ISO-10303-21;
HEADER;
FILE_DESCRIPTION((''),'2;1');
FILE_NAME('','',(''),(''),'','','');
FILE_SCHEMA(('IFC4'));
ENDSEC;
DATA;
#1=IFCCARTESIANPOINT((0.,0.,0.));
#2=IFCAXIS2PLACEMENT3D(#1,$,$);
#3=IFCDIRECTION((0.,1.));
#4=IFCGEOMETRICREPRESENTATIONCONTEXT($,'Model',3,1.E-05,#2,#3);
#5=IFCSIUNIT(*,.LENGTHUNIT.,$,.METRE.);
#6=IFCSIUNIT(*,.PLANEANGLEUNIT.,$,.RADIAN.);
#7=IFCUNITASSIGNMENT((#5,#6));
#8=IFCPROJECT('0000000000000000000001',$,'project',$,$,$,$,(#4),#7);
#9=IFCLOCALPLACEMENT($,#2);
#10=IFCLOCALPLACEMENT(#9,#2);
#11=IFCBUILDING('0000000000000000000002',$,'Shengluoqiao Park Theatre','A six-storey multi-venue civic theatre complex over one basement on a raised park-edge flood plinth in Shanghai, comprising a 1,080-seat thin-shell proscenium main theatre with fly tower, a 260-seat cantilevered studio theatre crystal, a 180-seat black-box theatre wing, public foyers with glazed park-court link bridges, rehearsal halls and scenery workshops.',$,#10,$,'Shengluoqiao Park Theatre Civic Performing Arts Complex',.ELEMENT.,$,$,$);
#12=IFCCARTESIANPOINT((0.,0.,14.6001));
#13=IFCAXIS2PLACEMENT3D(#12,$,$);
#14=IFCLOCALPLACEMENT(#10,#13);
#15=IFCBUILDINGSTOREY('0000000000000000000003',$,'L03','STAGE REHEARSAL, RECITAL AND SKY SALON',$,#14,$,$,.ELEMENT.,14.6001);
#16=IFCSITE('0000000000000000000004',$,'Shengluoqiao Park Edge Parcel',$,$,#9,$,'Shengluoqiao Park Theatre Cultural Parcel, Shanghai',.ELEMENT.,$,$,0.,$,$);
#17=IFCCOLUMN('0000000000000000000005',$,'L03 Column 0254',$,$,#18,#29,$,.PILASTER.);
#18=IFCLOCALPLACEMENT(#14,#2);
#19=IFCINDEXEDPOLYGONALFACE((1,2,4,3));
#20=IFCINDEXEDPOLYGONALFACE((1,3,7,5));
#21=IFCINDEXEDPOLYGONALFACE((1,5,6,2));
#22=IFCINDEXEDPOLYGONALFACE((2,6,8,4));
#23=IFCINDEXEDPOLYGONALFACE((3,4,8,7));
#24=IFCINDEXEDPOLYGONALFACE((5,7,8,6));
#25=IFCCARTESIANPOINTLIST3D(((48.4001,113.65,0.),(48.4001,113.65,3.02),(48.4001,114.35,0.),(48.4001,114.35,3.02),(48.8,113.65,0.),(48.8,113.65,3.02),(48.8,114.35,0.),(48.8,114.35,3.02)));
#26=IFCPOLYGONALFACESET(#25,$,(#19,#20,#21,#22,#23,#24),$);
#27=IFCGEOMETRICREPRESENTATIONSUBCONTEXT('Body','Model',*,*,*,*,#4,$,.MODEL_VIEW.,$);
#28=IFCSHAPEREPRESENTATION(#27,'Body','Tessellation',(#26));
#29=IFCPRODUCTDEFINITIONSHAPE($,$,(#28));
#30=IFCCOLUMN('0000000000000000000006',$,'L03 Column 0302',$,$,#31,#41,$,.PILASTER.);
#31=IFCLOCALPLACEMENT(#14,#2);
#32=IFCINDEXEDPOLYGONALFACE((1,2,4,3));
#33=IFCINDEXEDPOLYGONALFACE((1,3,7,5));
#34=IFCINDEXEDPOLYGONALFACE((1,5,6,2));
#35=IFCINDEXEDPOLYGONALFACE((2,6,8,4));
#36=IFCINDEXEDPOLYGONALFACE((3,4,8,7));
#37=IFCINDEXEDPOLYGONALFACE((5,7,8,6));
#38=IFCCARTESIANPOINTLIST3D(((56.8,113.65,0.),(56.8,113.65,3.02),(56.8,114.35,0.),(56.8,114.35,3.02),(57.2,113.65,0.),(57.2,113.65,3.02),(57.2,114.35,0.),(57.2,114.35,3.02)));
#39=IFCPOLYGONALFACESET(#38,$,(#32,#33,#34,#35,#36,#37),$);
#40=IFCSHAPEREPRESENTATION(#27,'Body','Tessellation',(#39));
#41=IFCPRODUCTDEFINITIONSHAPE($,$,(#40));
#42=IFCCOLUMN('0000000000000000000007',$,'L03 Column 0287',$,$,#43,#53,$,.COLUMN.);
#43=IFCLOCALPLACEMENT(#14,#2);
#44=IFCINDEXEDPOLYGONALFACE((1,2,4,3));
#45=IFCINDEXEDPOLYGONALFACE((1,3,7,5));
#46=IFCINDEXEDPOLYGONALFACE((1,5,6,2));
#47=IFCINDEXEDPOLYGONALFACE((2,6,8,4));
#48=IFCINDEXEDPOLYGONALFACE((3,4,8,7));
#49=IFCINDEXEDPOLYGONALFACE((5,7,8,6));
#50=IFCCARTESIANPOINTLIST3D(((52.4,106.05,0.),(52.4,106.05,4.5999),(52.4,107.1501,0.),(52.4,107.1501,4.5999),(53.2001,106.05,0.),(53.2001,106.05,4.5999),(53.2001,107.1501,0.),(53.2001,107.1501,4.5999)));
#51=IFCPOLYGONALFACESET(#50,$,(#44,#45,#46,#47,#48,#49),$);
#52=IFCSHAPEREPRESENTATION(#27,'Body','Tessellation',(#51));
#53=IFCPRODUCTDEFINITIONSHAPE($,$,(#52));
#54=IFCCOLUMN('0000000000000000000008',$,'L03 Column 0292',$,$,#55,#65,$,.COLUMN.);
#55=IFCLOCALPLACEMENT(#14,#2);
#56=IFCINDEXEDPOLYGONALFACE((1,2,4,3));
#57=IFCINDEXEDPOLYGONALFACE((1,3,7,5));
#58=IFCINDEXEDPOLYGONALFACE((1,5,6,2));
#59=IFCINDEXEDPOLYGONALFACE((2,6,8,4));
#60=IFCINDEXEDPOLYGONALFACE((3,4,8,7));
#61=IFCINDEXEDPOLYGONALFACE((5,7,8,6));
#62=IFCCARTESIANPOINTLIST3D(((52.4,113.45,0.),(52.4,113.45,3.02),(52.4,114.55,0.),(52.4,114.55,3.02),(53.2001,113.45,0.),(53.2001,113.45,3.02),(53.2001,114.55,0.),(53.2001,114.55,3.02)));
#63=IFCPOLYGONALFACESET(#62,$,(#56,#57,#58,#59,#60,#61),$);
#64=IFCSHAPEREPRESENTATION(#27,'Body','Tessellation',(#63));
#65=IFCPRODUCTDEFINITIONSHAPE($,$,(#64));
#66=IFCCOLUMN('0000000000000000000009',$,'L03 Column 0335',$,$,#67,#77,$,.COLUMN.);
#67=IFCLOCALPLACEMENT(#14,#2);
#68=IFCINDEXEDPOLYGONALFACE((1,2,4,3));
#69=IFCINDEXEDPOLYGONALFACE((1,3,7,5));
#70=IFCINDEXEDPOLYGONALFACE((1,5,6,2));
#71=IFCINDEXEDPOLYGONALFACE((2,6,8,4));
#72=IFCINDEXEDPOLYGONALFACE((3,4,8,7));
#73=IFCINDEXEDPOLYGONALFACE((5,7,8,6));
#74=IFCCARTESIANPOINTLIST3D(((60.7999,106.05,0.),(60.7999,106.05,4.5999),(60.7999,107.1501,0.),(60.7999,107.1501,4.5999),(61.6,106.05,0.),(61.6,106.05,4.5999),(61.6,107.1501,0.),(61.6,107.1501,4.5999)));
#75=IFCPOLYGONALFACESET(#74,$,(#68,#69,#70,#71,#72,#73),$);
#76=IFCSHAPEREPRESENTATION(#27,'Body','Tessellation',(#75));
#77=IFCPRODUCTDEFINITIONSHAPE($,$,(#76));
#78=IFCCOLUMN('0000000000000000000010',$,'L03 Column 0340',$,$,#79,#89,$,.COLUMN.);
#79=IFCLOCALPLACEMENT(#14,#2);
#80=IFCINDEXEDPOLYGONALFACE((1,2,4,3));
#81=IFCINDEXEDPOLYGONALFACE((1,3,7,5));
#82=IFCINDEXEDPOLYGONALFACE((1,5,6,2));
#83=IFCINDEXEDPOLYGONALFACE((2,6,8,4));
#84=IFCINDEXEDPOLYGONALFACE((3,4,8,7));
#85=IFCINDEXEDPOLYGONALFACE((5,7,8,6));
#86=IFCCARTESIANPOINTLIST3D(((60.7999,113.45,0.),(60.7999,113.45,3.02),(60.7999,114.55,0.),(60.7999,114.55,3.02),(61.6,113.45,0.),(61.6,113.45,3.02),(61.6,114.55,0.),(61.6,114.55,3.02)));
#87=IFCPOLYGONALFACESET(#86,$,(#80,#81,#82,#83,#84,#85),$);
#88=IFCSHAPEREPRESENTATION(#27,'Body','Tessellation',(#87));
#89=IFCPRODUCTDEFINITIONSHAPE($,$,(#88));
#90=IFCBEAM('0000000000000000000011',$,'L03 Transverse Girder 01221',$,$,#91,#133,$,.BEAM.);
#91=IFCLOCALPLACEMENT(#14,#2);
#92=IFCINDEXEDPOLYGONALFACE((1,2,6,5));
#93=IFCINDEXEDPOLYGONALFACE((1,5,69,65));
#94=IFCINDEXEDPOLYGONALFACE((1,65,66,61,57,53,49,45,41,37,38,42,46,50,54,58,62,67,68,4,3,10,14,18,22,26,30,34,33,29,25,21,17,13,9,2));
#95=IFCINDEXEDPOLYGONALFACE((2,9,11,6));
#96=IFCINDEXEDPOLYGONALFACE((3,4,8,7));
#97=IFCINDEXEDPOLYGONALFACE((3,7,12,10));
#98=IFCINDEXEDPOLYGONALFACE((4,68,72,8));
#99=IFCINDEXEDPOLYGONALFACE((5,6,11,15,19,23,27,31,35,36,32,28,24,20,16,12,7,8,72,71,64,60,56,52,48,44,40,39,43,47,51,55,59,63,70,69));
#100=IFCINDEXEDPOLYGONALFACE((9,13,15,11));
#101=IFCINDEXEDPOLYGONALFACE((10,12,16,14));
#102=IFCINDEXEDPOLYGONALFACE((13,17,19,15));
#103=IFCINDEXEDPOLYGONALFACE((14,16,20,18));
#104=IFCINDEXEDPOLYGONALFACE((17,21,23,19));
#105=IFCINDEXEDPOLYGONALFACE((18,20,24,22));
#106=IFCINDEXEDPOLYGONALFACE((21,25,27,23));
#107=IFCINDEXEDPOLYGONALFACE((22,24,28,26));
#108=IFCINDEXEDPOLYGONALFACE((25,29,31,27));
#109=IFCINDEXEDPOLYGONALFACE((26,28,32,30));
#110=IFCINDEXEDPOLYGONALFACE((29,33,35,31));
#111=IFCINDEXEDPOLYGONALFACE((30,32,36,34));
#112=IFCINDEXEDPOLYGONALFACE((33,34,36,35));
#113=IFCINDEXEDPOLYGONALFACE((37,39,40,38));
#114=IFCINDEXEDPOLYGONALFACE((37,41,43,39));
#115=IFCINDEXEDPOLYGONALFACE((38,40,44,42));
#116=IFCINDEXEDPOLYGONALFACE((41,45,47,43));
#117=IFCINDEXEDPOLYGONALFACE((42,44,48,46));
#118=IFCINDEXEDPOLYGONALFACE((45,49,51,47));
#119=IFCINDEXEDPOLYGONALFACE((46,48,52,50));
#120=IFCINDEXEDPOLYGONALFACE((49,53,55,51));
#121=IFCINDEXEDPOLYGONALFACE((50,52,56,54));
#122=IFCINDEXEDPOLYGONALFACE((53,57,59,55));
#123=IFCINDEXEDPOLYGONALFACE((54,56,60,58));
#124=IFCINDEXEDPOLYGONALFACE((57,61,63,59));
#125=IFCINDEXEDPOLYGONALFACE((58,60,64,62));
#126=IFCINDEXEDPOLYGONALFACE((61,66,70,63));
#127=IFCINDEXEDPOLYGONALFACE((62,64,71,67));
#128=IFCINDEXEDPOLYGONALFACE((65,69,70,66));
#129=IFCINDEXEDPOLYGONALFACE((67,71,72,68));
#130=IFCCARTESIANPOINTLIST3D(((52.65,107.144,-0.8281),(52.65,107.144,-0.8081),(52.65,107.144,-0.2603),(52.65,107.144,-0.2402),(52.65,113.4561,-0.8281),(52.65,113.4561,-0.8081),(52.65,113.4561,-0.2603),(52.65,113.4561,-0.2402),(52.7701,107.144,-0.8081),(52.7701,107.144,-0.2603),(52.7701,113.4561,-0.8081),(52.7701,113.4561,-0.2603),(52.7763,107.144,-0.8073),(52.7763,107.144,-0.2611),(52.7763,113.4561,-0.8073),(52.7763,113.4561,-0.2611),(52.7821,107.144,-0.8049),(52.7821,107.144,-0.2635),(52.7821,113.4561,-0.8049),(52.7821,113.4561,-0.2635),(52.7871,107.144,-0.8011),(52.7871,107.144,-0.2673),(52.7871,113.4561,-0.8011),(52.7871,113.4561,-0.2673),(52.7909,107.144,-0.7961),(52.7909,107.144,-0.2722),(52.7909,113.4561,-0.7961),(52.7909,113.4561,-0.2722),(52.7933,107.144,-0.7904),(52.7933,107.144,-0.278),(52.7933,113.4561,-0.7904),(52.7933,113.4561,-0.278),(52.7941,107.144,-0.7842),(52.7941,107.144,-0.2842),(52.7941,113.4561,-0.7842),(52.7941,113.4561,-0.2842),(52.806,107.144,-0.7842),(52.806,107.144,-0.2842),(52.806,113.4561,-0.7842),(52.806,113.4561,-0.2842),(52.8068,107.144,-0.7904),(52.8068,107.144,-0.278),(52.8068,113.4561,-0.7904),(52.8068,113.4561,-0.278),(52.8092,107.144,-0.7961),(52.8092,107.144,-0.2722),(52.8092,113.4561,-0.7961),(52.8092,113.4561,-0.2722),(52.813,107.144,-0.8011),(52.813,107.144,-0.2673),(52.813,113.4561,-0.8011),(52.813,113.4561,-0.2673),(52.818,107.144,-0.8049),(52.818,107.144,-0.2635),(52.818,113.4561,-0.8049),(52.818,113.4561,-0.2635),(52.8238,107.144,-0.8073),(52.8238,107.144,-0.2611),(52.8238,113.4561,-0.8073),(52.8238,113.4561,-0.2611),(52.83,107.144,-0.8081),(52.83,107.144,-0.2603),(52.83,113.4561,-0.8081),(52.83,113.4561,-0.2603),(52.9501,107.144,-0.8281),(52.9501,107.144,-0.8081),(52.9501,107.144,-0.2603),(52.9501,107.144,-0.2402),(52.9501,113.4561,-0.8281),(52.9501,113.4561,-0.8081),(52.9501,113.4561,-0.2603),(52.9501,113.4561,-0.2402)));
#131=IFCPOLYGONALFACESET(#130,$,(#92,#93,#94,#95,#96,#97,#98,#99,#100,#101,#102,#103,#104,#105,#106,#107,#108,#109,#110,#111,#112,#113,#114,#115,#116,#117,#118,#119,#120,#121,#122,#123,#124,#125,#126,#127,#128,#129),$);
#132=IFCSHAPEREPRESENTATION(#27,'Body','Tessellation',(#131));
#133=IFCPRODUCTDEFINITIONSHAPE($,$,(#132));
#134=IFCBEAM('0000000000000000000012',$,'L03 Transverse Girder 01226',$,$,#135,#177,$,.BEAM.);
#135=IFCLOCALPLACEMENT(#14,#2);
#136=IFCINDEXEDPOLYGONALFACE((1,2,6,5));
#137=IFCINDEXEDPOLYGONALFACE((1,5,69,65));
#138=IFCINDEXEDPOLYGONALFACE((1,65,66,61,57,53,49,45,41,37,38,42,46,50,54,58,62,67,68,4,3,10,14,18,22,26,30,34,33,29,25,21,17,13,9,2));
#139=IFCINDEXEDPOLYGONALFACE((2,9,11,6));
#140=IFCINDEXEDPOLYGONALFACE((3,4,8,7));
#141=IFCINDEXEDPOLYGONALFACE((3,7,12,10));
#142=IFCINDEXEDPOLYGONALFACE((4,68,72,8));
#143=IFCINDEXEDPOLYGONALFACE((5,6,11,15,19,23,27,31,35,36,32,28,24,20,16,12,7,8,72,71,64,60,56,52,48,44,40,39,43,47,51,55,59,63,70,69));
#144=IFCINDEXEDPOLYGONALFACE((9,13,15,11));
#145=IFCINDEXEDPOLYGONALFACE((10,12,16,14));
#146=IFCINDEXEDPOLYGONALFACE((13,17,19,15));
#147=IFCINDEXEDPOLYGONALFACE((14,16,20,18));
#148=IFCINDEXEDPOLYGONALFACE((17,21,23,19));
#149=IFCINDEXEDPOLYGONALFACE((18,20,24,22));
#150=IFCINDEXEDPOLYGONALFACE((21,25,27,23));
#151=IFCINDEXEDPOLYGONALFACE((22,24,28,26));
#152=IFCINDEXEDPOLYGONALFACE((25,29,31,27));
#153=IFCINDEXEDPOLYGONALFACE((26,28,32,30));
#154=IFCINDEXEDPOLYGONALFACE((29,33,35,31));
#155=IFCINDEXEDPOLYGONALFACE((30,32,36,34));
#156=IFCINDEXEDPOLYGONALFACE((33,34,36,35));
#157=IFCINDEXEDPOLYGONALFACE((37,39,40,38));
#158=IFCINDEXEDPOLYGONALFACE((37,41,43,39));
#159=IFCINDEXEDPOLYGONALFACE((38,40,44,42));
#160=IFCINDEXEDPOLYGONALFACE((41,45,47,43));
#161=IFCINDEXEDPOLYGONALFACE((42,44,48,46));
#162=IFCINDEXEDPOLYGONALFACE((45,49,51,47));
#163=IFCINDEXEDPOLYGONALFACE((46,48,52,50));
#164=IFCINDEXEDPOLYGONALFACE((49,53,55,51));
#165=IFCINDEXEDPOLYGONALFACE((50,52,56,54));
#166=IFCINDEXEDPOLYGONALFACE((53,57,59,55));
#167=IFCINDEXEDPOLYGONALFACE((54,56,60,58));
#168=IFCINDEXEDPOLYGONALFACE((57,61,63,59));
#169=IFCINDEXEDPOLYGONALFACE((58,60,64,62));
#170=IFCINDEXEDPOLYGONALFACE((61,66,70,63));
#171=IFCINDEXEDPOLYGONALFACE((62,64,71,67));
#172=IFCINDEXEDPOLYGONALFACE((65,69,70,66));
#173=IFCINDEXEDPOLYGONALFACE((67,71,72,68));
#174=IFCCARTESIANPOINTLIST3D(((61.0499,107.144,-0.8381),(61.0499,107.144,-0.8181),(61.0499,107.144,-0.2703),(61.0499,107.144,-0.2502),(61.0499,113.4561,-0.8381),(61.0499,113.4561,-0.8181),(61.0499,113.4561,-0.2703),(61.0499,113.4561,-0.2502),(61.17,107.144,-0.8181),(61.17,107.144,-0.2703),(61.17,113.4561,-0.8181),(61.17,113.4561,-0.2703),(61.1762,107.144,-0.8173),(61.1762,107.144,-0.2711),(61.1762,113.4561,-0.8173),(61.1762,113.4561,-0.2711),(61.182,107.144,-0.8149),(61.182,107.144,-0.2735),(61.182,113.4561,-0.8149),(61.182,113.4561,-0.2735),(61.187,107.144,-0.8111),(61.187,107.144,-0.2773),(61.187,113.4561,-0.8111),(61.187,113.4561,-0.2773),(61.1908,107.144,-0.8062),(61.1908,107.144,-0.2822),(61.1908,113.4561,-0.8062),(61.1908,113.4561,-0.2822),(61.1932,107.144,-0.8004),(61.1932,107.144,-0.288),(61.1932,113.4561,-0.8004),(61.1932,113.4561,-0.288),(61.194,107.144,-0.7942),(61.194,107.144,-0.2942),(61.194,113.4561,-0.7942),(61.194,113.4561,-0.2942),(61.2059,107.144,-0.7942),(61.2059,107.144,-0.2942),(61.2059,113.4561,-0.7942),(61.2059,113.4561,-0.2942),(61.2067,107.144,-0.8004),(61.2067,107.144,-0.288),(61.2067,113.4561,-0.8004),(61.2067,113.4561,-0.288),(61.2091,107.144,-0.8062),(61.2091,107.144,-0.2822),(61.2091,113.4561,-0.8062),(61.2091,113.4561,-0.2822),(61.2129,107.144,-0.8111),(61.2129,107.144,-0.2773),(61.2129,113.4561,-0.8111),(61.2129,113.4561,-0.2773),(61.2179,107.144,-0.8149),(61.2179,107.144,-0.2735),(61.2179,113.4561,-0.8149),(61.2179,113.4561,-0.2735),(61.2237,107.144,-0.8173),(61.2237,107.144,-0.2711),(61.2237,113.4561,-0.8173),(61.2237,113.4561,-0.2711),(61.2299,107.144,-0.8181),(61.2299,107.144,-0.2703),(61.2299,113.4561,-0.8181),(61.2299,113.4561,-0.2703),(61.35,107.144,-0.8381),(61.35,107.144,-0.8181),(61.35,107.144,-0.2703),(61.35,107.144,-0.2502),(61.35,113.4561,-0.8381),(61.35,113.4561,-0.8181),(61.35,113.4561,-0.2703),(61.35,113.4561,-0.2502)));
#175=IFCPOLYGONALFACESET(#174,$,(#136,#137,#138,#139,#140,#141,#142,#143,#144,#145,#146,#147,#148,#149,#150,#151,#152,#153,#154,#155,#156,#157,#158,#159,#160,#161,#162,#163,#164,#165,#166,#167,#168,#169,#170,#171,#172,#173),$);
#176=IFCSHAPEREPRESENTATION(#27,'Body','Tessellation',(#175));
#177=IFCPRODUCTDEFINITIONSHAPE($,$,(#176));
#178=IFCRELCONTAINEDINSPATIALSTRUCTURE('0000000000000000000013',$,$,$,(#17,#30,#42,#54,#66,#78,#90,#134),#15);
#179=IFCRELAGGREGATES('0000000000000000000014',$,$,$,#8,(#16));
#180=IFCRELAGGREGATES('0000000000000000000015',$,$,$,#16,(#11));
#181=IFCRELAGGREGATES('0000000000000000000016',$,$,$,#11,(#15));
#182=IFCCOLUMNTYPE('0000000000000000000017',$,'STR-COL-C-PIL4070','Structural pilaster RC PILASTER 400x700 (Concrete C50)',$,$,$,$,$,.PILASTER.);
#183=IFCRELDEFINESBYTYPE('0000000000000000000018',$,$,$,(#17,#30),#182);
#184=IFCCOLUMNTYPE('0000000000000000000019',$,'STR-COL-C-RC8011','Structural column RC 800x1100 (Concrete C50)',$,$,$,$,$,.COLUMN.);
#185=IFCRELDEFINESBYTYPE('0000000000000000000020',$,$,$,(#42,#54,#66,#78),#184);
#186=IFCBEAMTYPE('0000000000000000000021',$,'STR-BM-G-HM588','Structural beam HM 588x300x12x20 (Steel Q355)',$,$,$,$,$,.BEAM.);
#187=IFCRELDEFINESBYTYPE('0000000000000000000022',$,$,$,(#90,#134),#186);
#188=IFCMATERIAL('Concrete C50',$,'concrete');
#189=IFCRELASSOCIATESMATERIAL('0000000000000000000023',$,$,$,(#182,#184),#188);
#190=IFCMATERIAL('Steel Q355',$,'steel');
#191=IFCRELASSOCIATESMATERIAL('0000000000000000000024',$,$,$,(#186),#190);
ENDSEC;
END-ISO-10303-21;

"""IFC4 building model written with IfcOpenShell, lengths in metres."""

from ifc_helpers import new_model, si_unit, direction, frame, origin, origin_2d, place, context, subcontext, project, spatial, rectangle, i_section, extrude, material, material_profile, profile_set, type_object, element, save


model = new_model("IFC4")

# Units and contexts
model_context = context("Model", 3, precision=1e-05, world=origin(), true_north=direction((0.0, 1.0)))
body_context = subcontext(model_context, "Body", "Model", "MODEL_VIEW")
ifc_project = project(units=[si_unit("LENGTHUNIT", "METRE"), si_unit("PLANEANGLEUNIT", "RADIAN")], contexts=[model_context])

# Site, building, storey
site_placement = place(None, origin())
site = spatial("IfcSite", under=ifc_project, at=site_placement, Name="Shengluoqiao Park Edge Parcel", LongName="Shengluoqiao Park Theatre Cultural Parcel, Shanghai", CompositionType="ELEMENT", RefElevation=0.0)
building_placement = place(site_placement, origin())
building = spatial("IfcBuilding", under=site, at=building_placement, Name="Shengluoqiao Park Theatre", Description="A six-storey multi-venue civic theatre complex over one basement on a raised park-edge flood plinth in Shanghai, comprising a 1,080-seat thin-shell proscenium main theatre with fly tower, a 260-seat cantilevered studio theatre crystal, a 180-seat black-box theatre wing, public foyers with glazed park-court link bridges, rehearsal halls and scenery workshops.", LongName="Shengluoqiao Park Theatre Civic Performing Arts Complex", CompositionType="ELEMENT")
storey_placement = place(building_placement, frame((0.0, 0.0, 14.6001)))
storey = spatial("IfcBuildingStorey", under=building, at=storey_placement, Name="L03", Description="STAGE REHEARSAL, RECITAL AND SKY SALON", CompositionType="ELEMENT", Elevation=14.6001)

# Columns
ifc_material_1 = material(Name="Concrete C50", Category="concrete")
ifc_material_profile_1 = material_profile(ifc_material_1, rectangle(XDim=0.3999, YDim=0.7, at=origin_2d()), Name="RC PILASTER 400x700")
ifc_profile_set_1 = profile_set([ifc_material_profile_1], Name="Concrete C50")
column_type_1 = type_object("IfcColumnType", Name="STR-COL-C-PIL4070", Description="Structural pilaster RC PILASTER 400x700 (Concrete C50)", PredefinedType="PILASTER", material=ifc_profile_set_1)
for number, where, z_axis, x_axis, name in (
    (1, (48.6001, 114.0, 0.0), (0.0, 0.0, 1.0), (1.0, 0.0, 0.0), "L03 Column 0254"),
    (2, (57.0, 114.0, 0.0), (0.0, 0.0, 1.0), (1.0, 0.0, 0.0), "L03 Column 0302"),
):
    element("IfcColumn", number, at=place(storey_placement, frame(where, z_axis=z_axis, x_axis=x_axis)), inside=storey, type_object=column_type_1, Name=name, PredefinedType="PILASTER", context=body_context, shape_type="SweptSolid", body=[
        extrude(rectangle(XDim=0.3999, YDim=0.7, at=origin_2d()), origin(), (0.0, 0.0, 1.0), 3.02),
    ])
ifc_material_profile_2 = material_profile(ifc_material_1, rectangle(XDim=0.8, YDim=1.1001, at=origin_2d()), Name="RC 800x1100")
ifc_profile_set_2 = profile_set([ifc_material_profile_2], Name="Concrete C50")
column_type_2 = type_object("IfcColumnType", Name="STR-COL-C-RC8011", Description="Structural column RC 800x1100 (Concrete C50)", PredefinedType="COLUMN", material=ifc_profile_set_2)
column_1_placement = place(storey_placement, frame((52.8, 106.6001, 0.0), z_axis=(0.0, 0.0, 1.0), x_axis=(1.0, 0.0, 0.0)))
element("IfcColumn", 3, at=column_1_placement, inside=storey, type_object=column_type_2, Name="L03 Column 0287", PredefinedType="COLUMN", context=body_context, shape_type="SweptSolid", body=[
    extrude(rectangle(XDim=0.8, YDim=1.1001, at=origin_2d()), origin(), (0.0, 0.0, 1.0), 4.5999),
])
column_2_placement = place(storey_placement, frame((52.8, 114.0, 0.0), z_axis=(0.0, 0.0, 1.0), x_axis=(1.0, 0.0, 0.0)))
element("IfcColumn", 4, at=column_2_placement, inside=storey, type_object=column_type_2, Name="L03 Column 0292", PredefinedType="COLUMN", context=body_context, shape_type="SweptSolid", body=[
    extrude(rectangle(XDim=0.8, YDim=1.1001, at=origin_2d()), origin(), (0.0, 0.0, 1.0), 3.02),
])
column_3_placement = place(storey_placement, frame((61.2, 106.6001, 0.0), z_axis=(0.0, 0.0, 1.0), x_axis=(1.0, 0.0, 0.0)))
element("IfcColumn", 5, at=column_3_placement, inside=storey, type_object=column_type_2, Name="L03 Column 0335", PredefinedType="COLUMN", context=body_context, shape_type="SweptSolid", body=[
    extrude(rectangle(XDim=0.8, YDim=1.1001, at=origin_2d()), origin(), (0.0, 0.0, 1.0), 4.5999),
])
column_4_placement = place(storey_placement, frame((61.2, 114.0, 0.0), z_axis=(0.0, 0.0, 1.0), x_axis=(1.0, 0.0, 0.0)))
element("IfcColumn", 6, at=column_4_placement, inside=storey, type_object=column_type_2, Name="L03 Column 0340", PredefinedType="COLUMN", context=body_context, shape_type="SweptSolid", body=[
    extrude(rectangle(XDim=0.8, YDim=1.1001, at=origin_2d()), origin(), (0.0, 0.0, 1.0), 3.02),
])

# Beams
ifc_material_2 = material(Name="Steel Q355", Category="steel")
ifc_material_profile_3 = material_profile(ifc_material_2, i_section(OverallWidth=0.3, OverallDepth=0.5879, WebThickness=0.012, FlangeThickness=0.02, FilletRadius=0.0239, at=origin_2d()), Name="HM 588x300x12x20")
ifc_profile_set_3 = profile_set([ifc_material_profile_3], Name="Steel Q355")
beam_type_1 = type_object("IfcBeamType", Name="STR-BM-G-HM588", Description="Structural beam HM 588x300x12x20 (Steel Q355)", PredefinedType="BEAM", material=ifc_profile_set_3)
for number, where, z_axis, x_axis, name in (
    (7, (52.8, 107.144, -0.5342), (0.0, 1.0, 0.0), (-1.0, 0.0, 0.0), "L03 Transverse Girder 01221"),
    (8, (61.2, 107.144, -0.5442), (0.0, 1.0, 0.0), (-1.0, 0.0, 0.0), "L03 Transverse Girder 01226"),
):
    element("IfcBeam", number, at=place(storey_placement, frame(where, z_axis=z_axis, x_axis=x_axis)), inside=storey, type_object=beam_type_1, Name=name, PredefinedType="BEAM", context=body_context, shape_type="SweptSolid", body=[
        extrude(i_section(OverallWidth=0.3, OverallDepth=0.5879, WebThickness=0.012, FlangeThickness=0.02, FilletRadius=0.0239, at=origin_2d()), origin(), (0.0, 0.0, 1.0), 6.312),
    ])

save(model, "model.ifc")
